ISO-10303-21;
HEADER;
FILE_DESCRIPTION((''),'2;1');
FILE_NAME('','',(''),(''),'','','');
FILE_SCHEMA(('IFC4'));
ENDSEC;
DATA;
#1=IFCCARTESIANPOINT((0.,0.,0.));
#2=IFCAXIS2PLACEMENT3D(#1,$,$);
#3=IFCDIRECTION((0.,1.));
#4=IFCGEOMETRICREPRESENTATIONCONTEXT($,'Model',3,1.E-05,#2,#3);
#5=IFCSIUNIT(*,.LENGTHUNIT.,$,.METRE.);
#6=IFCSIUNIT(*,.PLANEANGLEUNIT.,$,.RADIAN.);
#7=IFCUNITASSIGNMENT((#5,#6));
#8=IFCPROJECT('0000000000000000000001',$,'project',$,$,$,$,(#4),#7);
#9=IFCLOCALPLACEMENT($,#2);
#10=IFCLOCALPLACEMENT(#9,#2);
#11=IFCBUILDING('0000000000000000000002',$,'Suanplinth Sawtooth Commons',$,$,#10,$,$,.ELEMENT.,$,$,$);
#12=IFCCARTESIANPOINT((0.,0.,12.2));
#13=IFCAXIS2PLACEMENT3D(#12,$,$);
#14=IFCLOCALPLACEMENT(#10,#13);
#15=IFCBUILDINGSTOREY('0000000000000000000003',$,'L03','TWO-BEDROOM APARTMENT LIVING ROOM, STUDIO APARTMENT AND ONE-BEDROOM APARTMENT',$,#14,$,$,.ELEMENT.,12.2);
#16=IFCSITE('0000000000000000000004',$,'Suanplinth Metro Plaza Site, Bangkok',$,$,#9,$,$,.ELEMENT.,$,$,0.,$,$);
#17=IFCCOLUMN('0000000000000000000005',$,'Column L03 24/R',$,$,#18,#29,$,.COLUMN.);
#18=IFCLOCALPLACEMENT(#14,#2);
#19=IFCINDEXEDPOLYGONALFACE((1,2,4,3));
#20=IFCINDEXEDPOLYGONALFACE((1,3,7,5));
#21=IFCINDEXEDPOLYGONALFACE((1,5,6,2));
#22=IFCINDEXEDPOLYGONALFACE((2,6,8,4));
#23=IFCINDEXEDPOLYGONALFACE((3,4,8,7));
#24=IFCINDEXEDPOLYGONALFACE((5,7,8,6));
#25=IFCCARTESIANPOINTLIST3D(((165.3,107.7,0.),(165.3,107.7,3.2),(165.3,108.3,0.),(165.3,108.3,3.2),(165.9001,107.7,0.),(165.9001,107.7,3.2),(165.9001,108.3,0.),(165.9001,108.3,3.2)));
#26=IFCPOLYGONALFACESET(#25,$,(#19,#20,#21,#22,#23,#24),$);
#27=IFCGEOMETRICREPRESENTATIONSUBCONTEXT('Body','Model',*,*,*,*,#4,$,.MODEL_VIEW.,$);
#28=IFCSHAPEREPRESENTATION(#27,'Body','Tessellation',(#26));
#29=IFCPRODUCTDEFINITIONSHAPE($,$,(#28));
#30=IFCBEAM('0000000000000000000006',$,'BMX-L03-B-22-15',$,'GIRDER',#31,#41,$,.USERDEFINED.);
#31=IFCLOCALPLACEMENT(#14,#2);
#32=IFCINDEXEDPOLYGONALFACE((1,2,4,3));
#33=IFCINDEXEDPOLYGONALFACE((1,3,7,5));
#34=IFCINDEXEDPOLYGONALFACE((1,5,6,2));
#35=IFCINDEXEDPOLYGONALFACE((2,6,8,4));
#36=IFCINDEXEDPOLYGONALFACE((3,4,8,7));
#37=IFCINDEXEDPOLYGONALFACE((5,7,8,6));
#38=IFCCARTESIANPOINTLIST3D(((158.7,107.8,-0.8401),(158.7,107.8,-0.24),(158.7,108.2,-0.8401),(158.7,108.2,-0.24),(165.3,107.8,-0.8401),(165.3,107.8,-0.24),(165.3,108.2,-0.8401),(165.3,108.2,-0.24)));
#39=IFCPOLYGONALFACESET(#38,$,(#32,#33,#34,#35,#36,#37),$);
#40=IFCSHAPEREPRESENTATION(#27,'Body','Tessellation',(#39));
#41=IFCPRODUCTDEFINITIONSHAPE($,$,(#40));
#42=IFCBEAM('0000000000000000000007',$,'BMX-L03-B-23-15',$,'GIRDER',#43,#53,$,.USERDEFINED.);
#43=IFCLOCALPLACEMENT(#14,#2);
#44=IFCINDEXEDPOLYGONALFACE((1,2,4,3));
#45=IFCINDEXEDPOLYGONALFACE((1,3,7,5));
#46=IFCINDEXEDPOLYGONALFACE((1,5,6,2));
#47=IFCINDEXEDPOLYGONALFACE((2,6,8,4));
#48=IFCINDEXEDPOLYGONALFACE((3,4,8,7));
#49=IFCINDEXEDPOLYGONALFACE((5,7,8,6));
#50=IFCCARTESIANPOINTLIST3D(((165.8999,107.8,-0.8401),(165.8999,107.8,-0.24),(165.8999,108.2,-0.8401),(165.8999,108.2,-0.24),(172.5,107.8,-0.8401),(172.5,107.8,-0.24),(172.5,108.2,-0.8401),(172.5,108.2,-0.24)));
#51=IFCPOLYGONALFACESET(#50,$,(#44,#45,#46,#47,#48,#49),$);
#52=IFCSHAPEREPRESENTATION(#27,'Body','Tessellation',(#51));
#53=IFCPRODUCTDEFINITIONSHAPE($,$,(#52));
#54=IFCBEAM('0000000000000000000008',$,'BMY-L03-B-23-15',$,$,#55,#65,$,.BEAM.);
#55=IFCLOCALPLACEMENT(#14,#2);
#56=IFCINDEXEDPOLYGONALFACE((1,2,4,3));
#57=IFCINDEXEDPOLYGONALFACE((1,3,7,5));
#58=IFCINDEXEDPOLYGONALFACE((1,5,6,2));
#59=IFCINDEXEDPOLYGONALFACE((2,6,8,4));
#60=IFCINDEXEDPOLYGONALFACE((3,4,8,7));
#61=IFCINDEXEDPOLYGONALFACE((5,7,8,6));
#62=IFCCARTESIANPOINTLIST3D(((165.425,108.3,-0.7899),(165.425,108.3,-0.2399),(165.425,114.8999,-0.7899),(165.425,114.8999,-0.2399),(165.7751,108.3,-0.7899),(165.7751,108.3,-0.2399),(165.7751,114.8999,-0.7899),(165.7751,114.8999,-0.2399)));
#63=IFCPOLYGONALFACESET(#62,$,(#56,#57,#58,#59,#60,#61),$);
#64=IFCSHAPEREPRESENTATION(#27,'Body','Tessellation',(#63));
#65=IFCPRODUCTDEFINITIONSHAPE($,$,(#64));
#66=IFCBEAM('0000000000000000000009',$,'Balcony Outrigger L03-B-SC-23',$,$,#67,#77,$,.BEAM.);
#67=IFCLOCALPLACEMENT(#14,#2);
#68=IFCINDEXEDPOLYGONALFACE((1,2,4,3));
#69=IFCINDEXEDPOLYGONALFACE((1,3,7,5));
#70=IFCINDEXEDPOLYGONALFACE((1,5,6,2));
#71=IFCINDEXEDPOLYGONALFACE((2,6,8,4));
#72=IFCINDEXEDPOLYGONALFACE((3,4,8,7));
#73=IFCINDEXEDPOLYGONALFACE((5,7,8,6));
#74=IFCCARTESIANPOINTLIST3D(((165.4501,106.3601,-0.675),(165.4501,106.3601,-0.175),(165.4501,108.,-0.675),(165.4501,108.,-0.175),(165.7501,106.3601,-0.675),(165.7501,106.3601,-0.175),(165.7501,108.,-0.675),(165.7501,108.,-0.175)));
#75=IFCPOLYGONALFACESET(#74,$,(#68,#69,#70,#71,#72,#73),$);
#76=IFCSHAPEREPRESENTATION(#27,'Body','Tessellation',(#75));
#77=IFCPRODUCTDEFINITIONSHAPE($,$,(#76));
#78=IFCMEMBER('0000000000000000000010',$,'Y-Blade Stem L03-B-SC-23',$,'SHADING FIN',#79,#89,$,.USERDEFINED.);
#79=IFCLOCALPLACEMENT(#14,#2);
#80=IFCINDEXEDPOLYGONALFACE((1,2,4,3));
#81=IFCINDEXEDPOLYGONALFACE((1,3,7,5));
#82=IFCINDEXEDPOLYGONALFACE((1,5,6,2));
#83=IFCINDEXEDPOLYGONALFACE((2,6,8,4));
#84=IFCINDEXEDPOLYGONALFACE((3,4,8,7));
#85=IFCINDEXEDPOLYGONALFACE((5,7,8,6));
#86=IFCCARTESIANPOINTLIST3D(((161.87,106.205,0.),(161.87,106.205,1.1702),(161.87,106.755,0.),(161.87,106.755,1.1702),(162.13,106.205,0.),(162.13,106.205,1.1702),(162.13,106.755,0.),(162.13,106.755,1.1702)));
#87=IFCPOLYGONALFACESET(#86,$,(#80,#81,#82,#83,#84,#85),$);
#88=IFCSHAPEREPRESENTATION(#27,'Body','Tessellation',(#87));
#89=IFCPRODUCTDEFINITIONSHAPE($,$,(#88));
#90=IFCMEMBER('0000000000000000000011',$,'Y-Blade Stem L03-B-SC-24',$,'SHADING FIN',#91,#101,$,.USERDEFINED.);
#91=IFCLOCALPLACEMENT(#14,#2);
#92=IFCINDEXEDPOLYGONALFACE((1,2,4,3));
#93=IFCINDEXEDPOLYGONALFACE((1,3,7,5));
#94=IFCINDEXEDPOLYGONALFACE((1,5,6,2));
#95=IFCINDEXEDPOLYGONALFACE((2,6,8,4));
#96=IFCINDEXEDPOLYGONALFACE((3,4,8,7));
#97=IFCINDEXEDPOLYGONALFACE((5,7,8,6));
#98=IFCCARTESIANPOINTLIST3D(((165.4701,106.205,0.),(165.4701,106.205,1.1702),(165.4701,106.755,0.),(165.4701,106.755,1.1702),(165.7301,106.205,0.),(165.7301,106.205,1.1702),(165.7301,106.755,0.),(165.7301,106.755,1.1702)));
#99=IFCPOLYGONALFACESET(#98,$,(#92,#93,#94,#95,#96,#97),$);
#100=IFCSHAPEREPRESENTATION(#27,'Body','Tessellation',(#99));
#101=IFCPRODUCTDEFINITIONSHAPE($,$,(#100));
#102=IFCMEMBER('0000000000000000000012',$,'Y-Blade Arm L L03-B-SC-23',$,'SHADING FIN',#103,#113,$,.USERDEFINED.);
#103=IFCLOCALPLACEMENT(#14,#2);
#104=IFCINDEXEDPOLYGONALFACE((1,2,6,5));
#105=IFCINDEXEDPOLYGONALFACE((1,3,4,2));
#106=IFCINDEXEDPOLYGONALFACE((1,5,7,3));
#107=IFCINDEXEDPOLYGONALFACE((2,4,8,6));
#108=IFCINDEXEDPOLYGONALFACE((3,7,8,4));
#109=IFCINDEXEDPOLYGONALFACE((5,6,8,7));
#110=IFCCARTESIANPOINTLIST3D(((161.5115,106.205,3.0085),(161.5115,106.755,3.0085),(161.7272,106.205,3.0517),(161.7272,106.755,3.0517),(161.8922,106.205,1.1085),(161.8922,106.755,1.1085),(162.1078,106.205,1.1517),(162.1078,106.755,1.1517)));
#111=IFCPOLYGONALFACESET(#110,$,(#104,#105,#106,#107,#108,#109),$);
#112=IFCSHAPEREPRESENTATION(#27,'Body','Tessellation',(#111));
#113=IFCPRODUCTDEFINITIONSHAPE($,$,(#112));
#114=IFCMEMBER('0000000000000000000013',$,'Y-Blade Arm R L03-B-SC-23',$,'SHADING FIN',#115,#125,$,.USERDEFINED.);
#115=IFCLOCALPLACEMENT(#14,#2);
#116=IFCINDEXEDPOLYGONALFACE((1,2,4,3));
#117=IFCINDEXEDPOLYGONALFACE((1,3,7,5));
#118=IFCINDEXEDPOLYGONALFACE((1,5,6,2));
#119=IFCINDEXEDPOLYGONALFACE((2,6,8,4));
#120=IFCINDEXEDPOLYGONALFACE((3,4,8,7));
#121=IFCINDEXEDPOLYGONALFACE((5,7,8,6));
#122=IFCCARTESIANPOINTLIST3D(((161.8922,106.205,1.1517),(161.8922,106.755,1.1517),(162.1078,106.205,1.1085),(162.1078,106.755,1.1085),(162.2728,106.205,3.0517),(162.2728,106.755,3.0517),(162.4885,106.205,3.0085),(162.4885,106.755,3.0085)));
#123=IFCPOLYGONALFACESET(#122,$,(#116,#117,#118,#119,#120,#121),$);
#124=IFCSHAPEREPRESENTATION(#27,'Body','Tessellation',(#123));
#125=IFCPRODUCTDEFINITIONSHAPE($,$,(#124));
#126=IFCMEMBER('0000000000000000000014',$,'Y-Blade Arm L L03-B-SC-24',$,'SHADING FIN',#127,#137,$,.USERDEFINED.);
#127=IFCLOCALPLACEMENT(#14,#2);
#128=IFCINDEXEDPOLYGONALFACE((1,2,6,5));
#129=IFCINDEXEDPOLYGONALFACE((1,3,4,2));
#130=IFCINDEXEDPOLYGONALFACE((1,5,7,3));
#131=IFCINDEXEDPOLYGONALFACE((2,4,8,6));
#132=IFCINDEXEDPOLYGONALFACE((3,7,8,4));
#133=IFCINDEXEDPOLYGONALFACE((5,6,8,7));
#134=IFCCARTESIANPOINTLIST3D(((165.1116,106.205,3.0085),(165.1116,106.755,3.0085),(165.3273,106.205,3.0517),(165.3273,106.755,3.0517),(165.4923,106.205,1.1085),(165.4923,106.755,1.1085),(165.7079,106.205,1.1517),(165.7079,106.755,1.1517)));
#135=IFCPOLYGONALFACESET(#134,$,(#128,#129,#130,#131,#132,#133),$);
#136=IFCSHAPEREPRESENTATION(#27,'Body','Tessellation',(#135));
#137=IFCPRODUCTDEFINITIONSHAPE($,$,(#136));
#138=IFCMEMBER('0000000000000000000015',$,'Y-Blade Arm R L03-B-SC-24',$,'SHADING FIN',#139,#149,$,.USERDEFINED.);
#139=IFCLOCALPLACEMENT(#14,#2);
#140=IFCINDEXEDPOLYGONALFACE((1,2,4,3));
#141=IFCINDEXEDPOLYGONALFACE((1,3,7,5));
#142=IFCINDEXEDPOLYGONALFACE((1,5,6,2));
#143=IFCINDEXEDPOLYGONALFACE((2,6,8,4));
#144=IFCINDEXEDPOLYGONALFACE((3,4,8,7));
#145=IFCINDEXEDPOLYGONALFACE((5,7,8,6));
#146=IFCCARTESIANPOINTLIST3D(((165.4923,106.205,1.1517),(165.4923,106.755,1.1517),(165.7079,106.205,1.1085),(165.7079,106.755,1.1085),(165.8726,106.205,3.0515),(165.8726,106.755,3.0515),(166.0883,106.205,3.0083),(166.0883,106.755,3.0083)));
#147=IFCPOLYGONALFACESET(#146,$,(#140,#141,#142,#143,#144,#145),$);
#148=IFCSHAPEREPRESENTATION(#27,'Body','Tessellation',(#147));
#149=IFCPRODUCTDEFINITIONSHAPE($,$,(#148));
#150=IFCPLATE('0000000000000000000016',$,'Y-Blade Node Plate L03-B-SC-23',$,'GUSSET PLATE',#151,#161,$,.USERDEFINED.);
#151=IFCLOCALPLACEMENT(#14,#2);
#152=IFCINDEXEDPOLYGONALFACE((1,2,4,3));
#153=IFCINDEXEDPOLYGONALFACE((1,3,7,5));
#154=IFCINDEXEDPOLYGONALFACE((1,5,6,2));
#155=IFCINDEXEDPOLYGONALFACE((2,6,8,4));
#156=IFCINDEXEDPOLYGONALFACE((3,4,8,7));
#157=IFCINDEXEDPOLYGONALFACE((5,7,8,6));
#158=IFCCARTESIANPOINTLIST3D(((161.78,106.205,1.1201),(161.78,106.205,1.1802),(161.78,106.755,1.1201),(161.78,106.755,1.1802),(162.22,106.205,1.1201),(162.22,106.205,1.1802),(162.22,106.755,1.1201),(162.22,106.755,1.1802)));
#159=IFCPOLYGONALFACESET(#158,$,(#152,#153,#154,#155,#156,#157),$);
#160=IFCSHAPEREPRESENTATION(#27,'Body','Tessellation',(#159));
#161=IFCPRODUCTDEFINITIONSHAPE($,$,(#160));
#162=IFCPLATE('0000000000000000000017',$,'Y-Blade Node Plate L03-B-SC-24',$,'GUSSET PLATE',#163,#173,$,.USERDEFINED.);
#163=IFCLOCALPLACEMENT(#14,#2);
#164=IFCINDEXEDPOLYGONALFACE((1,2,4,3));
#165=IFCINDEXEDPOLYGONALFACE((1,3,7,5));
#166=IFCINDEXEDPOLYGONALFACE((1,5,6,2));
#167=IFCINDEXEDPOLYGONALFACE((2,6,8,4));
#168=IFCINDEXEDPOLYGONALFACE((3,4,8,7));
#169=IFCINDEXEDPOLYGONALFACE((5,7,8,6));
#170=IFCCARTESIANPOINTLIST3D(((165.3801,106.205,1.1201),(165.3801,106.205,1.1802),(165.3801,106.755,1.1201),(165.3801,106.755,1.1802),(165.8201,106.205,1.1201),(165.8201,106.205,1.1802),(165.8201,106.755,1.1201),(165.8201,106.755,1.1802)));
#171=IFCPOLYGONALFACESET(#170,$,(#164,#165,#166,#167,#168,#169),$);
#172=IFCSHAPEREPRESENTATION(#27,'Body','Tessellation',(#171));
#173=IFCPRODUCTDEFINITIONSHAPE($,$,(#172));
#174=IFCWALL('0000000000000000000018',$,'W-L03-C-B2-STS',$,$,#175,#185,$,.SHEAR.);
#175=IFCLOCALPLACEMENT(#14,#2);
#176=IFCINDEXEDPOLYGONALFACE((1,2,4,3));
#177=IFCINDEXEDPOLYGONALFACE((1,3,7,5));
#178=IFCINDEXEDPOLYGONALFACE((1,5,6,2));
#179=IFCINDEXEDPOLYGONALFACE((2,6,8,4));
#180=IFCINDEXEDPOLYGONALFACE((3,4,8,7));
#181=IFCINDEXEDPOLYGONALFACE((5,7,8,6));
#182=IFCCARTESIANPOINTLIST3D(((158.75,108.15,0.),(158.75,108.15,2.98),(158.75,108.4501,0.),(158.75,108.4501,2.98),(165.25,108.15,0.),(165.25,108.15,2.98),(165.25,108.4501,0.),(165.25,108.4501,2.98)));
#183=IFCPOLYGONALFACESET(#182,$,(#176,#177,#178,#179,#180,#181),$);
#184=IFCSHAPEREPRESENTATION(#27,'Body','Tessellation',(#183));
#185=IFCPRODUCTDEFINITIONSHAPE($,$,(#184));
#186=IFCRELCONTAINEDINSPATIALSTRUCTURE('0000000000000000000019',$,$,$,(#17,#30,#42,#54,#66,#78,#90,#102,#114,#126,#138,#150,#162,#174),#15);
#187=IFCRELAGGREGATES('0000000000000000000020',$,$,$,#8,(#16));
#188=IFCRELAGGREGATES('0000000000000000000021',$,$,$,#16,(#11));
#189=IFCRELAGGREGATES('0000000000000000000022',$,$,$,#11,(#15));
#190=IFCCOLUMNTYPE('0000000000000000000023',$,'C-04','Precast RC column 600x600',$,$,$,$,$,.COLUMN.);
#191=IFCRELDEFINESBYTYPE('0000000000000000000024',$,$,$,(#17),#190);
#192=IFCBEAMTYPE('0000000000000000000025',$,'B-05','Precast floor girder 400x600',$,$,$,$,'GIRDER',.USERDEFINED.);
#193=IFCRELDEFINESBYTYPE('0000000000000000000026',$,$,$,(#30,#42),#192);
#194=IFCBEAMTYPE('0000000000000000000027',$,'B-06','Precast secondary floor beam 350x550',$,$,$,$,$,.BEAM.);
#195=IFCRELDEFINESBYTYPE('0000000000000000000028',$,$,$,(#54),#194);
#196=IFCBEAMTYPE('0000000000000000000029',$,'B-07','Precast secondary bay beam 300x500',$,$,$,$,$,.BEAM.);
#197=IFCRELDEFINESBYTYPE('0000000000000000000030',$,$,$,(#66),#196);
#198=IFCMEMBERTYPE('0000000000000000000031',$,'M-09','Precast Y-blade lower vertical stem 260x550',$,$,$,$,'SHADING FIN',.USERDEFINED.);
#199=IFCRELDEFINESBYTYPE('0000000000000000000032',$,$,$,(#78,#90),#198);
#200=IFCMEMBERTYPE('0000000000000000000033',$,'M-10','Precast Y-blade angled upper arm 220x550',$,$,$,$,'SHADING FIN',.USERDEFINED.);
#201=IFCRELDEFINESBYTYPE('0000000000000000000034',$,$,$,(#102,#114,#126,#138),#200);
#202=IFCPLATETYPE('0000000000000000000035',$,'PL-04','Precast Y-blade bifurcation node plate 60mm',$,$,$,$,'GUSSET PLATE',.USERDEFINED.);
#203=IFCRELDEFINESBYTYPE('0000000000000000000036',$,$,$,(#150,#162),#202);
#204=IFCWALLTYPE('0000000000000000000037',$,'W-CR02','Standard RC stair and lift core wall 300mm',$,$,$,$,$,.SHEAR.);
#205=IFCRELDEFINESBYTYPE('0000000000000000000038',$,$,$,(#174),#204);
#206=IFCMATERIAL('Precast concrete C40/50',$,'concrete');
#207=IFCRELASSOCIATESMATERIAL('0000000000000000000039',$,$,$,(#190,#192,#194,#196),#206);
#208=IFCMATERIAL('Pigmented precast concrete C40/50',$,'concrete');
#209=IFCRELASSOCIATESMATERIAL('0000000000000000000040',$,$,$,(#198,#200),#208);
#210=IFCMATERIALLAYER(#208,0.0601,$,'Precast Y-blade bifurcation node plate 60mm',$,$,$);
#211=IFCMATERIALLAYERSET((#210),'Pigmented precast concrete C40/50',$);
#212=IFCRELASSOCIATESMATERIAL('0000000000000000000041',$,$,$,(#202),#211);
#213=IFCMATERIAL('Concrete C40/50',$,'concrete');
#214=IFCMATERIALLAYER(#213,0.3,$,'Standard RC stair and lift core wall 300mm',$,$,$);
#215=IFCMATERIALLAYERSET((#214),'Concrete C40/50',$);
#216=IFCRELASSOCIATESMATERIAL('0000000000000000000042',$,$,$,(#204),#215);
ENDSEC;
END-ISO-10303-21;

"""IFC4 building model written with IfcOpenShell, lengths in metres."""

from ifc_helpers import new_model, si_unit, direction, frame, frame_2d, origin, origin_2d, place, context, subcontext, project, spatial, rectangle, extrude, material, layer, layer_set, material_profile, profile_set, type_object, element, save


model = new_model("IFC4")

# Units and contexts
model_context = context("Model", 3, precision=1e-05, world=origin(), true_north=direction((0.0, 1.0)))
body_context = subcontext(model_context, "Body", "Model", "MODEL_VIEW")
ifc_project = project(units=[si_unit("LENGTHUNIT", "METRE"), si_unit("PLANEANGLEUNIT", "RADIAN")], contexts=[model_context])

# Site, building, storey
site_placement = place(None, origin())
site = spatial("IfcSite", under=ifc_project, at=site_placement, Name="Suanplinth Metro Plaza Site, Bangkok", CompositionType="ELEMENT", RefElevation=0.0)
building_placement = place(site_placement, origin())
building = spatial("IfcBuilding", under=site, at=building_placement, Name="Suanplinth Sawtooth Commons", CompositionType="ELEMENT")
storey_placement = place(building_placement, frame((0.0, 0.0, 12.2)))
storey = spatial("IfcBuildingStorey", under=building, at=storey_placement, Name="L03", Description="TWO-BEDROOM APARTMENT LIVING ROOM, STUDIO APARTMENT AND ONE-BEDROOM APARTMENT", CompositionType="ELEMENT", Elevation=12.2)

# Column
ifc_material_1 = material(Name="Precast concrete C40/50", Category="concrete")
ifc_material_profile_1 = material_profile(ifc_material_1, rectangle(XDim=0.6001, YDim=0.6001, at=origin_2d()), Name="PC-COL 600x600")
ifc_profile_set_1 = profile_set([ifc_material_profile_1], Name="Precast concrete C40/50")
column_type = type_object("IfcColumnType", Name="C-04", Description="Precast RC column 600x600", PredefinedType="COLUMN", material=ifc_profile_set_1)
column_placement = place(storey_placement, frame((165.6001, 108.0, 0.0), z_axis=(0.0, 0.0, 1.0), x_axis=(1.0, 0.0, 0.0)))
element("IfcColumn", 1, at=column_placement, inside=storey, type_object=column_type, Name="Column L03 24/R", PredefinedType="COLUMN", context=body_context, shape_type="SweptSolid", body=[
    extrude(rectangle(XDim=0.6001, YDim=0.6001, at=origin_2d()), origin(), (0.0, 0.0, 1.0), 3.2),
])

# Beams
ifc_material_profile_2 = material_profile(ifc_material_1, rectangle(XDim=0.3999, YDim=0.6001, at=origin_2d()), Name="PC-GDR 400x600")
ifc_profile_set_2 = profile_set([ifc_material_profile_2], Name="Precast concrete C40/50")
beam_type_1 = type_object("IfcBeamType", Name="B-05", Description="Precast floor girder 400x600", ElementType="GIRDER", PredefinedType="USERDEFINED", material=ifc_profile_set_2)
for number, where, z_axis, x_axis, name in (
    (2, (158.7, 108.0, -0.54), (1.0, 0.0, 0.0), (0.0, 1.0, 0.0), "BMX-L03-B-22-15"),
    (3, (165.8999, 108.0, -0.54), (1.0, 0.0, 0.0), (0.0, 1.0, 0.0), "BMX-L03-B-23-15"),
):
    element("IfcBeam", number, at=place(storey_placement, frame(where, z_axis=z_axis, x_axis=x_axis)), inside=storey, type_object=beam_type_1, Name=name, ObjectType="GIRDER", PredefinedType="USERDEFINED", context=body_context, shape_type="SweptSolid", body=[
        extrude(rectangle(XDim=0.3999, YDim=0.6001, at=origin_2d()), origin(), (0.0, 0.0, 1.0), 6.6001),
    ])
ifc_material_profile_3 = material_profile(ifc_material_1, rectangle(XDim=0.3501, YDim=0.55, at=origin_2d()), Name="PC-BM 350x550")
ifc_profile_set_3 = profile_set([ifc_material_profile_3], Name="Precast concrete C40/50")
beam_type_2 = type_object("IfcBeamType", Name="B-06", Description="Precast secondary floor beam 350x550", PredefinedType="BEAM", material=ifc_profile_set_3)
beam_1_placement = place(storey_placement, frame((165.6001, 108.3, -0.5149), z_axis=(0.0, 1.0, 0.0), x_axis=(-1.0, 0.0, 0.0)))
element("IfcBeam", 4, at=beam_1_placement, inside=storey, type_object=beam_type_2, Name="BMY-L03-B-23-15", PredefinedType="BEAM", context=body_context, shape_type="SweptSolid", body=[
    extrude(rectangle(XDim=0.3501, YDim=0.55, at=origin_2d()), origin(), (0.0, 0.0, 1.0), 6.5999),
])
ifc_material_profile_4 = material_profile(ifc_material_1, rectangle(XDim=0.3, YDim=0.5, at=origin_2d()), Name="PC-BM 300x500")
ifc_profile_set_4 = profile_set([ifc_material_profile_4], Name="Precast concrete C40/50")
beam_type_3 = type_object("IfcBeamType", Name="B-07", Description="Precast secondary bay beam 300x500", PredefinedType="BEAM", material=ifc_profile_set_4)
beam_2_placement = place(storey_placement, frame((165.6001, 108.0, -0.425), z_axis=(0.0, -1.0, 0.0), x_axis=(1.0, 0.0, 0.0)))
element("IfcBeam", 5, at=beam_2_placement, inside=storey, type_object=beam_type_3, Name="Balcony Outrigger L03-B-SC-23", PredefinedType="BEAM", context=body_context, shape_type="SweptSolid", body=[
    extrude(rectangle(XDim=0.3, YDim=0.5, at=origin_2d()), origin(), (0.0, 0.0, 1.0), 1.6399),
])

# Members
ifc_material_2 = material(Name="Pigmented precast concrete C40/50", Category="concrete")
ifc_material_profile_5 = material_profile(ifc_material_2, rectangle(XDim=0.26, YDim=0.55, at=origin_2d()), Name="PC-FIN 260x550")
ifc_profile_set_5 = profile_set([ifc_material_profile_5], Name="Pigmented precast concrete C40/50")
member_type_1 = type_object("IfcMemberType", Name="M-09", Description="Precast Y-blade lower vertical stem 260x550", ElementType="SHADING FIN", PredefinedType="USERDEFINED", material=ifc_profile_set_5)
for number, where, z_axis, x_axis, name in (
    (6, (162.0, 106.48, 0.0), (0.0, 0.0, 1.0), (1.0, 0.0, 0.0), "Y-Blade Stem L03-B-SC-23"),
    (7, (165.6001, 106.48, 0.0), (0.0, 0.0, 1.0), (1.0, 0.0, 0.0), "Y-Blade Stem L03-B-SC-24"),
):
    element("IfcMember", number, at=place(storey_placement, frame(where, z_axis=z_axis, x_axis=x_axis)), inside=storey, type_object=member_type_1, Name=name, ObjectType="SHADING FIN", PredefinedType="USERDEFINED", context=body_context, shape_type="SweptSolid", body=[
        extrude(rectangle(XDim=0.26, YDim=0.55, at=origin_2d()), origin(), (0.0, 0.0, 1.0), 1.1702),
    ])
ifc_material_profile_6 = material_profile(ifc_material_2, rectangle(XDim=0.22, YDim=0.55, at=origin_2d()), Name="PC-FIN 220x550")
ifc_profile_set_6 = profile_set([ifc_material_profile_6], Name="Pigmented precast concrete C40/50")
member_type_2 = type_object("IfcMemberType", Name="M-10", Description="Precast Y-blade angled upper arm 220x550", ElementType="SHADING FIN", PredefinedType="USERDEFINED", material=ifc_profile_set_6)
for number, where, z_axis, x_axis, name in (
    (8, (162.0, 106.48, 1.1301), (-0.196431, 0.0, 0.980518), (0.980518, 0.0, 0.196431), "Y-Blade Arm L L03-B-SC-23"),
    (9, (162.0, 106.48, 1.1301), (0.196431, 0.0, 0.980518), (-0.980518, 0.0, 0.196431), "Y-Blade Arm R L03-B-SC-23"),
    (10, (165.6001, 106.48, 1.1301), (-0.196431, 0.0, 0.980518), (0.980518, 0.0, 0.196431), "Y-Blade Arm L L03-B-SC-24"),
):
    element("IfcMember", number, at=place(storey_placement, frame(where, z_axis=z_axis, x_axis=x_axis)), inside=storey, type_object=member_type_2, Name=name, ObjectType="SHADING FIN", PredefinedType="USERDEFINED", context=body_context, shape_type="SweptSolid", body=[
        extrude(rectangle(XDim=0.22, YDim=0.55, at=origin_2d()), origin(), (0.0, 0.0, 1.0), 1.9377),
    ])
member_placement = place(storey_placement, frame((165.6001, 106.48, 1.1301), z_axis=(0.19631, 0.0, 0.980542), x_axis=(-0.980542, 0.0, 0.19631)))
element("IfcMember", 11, at=member_placement, inside=storey, type_object=member_type_2, Name="Y-Blade Arm R L03-B-SC-24", ObjectType="SHADING FIN", PredefinedType="USERDEFINED", context=body_context, shape_type="SweptSolid", body=[
    extrude(rectangle(XDim=0.22, YDim=0.55, at=origin_2d()), origin(), (0.0, 0.0, 1.0), 1.9375),
])

# Plates
ifc_layer_1 = layer(ifc_material_2, 0.0601, Name="Precast Y-blade bifurcation node plate 60mm")
ifc_layer_set_1 = layer_set([ifc_layer_1], Name="Pigmented precast concrete C40/50")
plate_type = type_object("IfcPlateType", Name="PL-04", Description="Precast Y-blade bifurcation node plate 60mm", ElementType="GUSSET PLATE", PredefinedType="USERDEFINED", material=ifc_layer_set_1)
for number, where, z_axis, x_axis, name in (
    (12, (162.0, 106.48, 1.1201), (0.0, 0.0, 1.0), (1.0, 0.0, 0.0), "Y-Blade Node Plate L03-B-SC-23"),
    (13, (165.6001, 106.48, 1.1201), (0.0, 0.0, 1.0), (1.0, 0.0, 0.0), "Y-Blade Node Plate L03-B-SC-24"),
):
    element("IfcPlate", number, at=place(storey_placement, frame(where, z_axis=z_axis, x_axis=x_axis)), inside=storey, type_object=plate_type, Name=name, ObjectType="GUSSET PLATE", PredefinedType="USERDEFINED", context=body_context, shape_type="SweptSolid", body=[
        extrude(rectangle(XDim=0.4399, YDim=0.55, at=origin_2d()), origin(), (0.0, 0.0, 1.0), 0.0601),
    ])

# Wall
ifc_material_3 = material(Name="Concrete C40/50", Category="concrete")
ifc_layer_2 = layer(ifc_material_3, 0.3, Name="Standard RC stair and lift core wall 300mm")
ifc_layer_set_2 = layer_set([ifc_layer_2], Name="Concrete C40/50")
wall_type_1 = type_object("IfcWallType", Name="W-CR02", Description="Standard RC stair and lift core wall 300mm", PredefinedType="SHEAR", material=ifc_layer_set_2)
wall_1_placement = place(storey_placement, frame((158.75, 108.3, 0.0), z_axis=(0.0, 0.0, 1.0), x_axis=(1.0, 0.0, 0.0)))
element("IfcWall", 14, at=wall_1_placement, inside=storey, type_object=wall_type_1, Name="W-L03-C-B2-STS", PredefinedType="SHEAR", context=body_context, shape_type="SweptSolid", body=[
    extrude(rectangle(XDim=6.5, YDim=0.3, at=frame_2d((3.25, 0.0))), origin(), (0.0, 0.0, 1.0), 2.98),
])

save(model, "model.ifc")
